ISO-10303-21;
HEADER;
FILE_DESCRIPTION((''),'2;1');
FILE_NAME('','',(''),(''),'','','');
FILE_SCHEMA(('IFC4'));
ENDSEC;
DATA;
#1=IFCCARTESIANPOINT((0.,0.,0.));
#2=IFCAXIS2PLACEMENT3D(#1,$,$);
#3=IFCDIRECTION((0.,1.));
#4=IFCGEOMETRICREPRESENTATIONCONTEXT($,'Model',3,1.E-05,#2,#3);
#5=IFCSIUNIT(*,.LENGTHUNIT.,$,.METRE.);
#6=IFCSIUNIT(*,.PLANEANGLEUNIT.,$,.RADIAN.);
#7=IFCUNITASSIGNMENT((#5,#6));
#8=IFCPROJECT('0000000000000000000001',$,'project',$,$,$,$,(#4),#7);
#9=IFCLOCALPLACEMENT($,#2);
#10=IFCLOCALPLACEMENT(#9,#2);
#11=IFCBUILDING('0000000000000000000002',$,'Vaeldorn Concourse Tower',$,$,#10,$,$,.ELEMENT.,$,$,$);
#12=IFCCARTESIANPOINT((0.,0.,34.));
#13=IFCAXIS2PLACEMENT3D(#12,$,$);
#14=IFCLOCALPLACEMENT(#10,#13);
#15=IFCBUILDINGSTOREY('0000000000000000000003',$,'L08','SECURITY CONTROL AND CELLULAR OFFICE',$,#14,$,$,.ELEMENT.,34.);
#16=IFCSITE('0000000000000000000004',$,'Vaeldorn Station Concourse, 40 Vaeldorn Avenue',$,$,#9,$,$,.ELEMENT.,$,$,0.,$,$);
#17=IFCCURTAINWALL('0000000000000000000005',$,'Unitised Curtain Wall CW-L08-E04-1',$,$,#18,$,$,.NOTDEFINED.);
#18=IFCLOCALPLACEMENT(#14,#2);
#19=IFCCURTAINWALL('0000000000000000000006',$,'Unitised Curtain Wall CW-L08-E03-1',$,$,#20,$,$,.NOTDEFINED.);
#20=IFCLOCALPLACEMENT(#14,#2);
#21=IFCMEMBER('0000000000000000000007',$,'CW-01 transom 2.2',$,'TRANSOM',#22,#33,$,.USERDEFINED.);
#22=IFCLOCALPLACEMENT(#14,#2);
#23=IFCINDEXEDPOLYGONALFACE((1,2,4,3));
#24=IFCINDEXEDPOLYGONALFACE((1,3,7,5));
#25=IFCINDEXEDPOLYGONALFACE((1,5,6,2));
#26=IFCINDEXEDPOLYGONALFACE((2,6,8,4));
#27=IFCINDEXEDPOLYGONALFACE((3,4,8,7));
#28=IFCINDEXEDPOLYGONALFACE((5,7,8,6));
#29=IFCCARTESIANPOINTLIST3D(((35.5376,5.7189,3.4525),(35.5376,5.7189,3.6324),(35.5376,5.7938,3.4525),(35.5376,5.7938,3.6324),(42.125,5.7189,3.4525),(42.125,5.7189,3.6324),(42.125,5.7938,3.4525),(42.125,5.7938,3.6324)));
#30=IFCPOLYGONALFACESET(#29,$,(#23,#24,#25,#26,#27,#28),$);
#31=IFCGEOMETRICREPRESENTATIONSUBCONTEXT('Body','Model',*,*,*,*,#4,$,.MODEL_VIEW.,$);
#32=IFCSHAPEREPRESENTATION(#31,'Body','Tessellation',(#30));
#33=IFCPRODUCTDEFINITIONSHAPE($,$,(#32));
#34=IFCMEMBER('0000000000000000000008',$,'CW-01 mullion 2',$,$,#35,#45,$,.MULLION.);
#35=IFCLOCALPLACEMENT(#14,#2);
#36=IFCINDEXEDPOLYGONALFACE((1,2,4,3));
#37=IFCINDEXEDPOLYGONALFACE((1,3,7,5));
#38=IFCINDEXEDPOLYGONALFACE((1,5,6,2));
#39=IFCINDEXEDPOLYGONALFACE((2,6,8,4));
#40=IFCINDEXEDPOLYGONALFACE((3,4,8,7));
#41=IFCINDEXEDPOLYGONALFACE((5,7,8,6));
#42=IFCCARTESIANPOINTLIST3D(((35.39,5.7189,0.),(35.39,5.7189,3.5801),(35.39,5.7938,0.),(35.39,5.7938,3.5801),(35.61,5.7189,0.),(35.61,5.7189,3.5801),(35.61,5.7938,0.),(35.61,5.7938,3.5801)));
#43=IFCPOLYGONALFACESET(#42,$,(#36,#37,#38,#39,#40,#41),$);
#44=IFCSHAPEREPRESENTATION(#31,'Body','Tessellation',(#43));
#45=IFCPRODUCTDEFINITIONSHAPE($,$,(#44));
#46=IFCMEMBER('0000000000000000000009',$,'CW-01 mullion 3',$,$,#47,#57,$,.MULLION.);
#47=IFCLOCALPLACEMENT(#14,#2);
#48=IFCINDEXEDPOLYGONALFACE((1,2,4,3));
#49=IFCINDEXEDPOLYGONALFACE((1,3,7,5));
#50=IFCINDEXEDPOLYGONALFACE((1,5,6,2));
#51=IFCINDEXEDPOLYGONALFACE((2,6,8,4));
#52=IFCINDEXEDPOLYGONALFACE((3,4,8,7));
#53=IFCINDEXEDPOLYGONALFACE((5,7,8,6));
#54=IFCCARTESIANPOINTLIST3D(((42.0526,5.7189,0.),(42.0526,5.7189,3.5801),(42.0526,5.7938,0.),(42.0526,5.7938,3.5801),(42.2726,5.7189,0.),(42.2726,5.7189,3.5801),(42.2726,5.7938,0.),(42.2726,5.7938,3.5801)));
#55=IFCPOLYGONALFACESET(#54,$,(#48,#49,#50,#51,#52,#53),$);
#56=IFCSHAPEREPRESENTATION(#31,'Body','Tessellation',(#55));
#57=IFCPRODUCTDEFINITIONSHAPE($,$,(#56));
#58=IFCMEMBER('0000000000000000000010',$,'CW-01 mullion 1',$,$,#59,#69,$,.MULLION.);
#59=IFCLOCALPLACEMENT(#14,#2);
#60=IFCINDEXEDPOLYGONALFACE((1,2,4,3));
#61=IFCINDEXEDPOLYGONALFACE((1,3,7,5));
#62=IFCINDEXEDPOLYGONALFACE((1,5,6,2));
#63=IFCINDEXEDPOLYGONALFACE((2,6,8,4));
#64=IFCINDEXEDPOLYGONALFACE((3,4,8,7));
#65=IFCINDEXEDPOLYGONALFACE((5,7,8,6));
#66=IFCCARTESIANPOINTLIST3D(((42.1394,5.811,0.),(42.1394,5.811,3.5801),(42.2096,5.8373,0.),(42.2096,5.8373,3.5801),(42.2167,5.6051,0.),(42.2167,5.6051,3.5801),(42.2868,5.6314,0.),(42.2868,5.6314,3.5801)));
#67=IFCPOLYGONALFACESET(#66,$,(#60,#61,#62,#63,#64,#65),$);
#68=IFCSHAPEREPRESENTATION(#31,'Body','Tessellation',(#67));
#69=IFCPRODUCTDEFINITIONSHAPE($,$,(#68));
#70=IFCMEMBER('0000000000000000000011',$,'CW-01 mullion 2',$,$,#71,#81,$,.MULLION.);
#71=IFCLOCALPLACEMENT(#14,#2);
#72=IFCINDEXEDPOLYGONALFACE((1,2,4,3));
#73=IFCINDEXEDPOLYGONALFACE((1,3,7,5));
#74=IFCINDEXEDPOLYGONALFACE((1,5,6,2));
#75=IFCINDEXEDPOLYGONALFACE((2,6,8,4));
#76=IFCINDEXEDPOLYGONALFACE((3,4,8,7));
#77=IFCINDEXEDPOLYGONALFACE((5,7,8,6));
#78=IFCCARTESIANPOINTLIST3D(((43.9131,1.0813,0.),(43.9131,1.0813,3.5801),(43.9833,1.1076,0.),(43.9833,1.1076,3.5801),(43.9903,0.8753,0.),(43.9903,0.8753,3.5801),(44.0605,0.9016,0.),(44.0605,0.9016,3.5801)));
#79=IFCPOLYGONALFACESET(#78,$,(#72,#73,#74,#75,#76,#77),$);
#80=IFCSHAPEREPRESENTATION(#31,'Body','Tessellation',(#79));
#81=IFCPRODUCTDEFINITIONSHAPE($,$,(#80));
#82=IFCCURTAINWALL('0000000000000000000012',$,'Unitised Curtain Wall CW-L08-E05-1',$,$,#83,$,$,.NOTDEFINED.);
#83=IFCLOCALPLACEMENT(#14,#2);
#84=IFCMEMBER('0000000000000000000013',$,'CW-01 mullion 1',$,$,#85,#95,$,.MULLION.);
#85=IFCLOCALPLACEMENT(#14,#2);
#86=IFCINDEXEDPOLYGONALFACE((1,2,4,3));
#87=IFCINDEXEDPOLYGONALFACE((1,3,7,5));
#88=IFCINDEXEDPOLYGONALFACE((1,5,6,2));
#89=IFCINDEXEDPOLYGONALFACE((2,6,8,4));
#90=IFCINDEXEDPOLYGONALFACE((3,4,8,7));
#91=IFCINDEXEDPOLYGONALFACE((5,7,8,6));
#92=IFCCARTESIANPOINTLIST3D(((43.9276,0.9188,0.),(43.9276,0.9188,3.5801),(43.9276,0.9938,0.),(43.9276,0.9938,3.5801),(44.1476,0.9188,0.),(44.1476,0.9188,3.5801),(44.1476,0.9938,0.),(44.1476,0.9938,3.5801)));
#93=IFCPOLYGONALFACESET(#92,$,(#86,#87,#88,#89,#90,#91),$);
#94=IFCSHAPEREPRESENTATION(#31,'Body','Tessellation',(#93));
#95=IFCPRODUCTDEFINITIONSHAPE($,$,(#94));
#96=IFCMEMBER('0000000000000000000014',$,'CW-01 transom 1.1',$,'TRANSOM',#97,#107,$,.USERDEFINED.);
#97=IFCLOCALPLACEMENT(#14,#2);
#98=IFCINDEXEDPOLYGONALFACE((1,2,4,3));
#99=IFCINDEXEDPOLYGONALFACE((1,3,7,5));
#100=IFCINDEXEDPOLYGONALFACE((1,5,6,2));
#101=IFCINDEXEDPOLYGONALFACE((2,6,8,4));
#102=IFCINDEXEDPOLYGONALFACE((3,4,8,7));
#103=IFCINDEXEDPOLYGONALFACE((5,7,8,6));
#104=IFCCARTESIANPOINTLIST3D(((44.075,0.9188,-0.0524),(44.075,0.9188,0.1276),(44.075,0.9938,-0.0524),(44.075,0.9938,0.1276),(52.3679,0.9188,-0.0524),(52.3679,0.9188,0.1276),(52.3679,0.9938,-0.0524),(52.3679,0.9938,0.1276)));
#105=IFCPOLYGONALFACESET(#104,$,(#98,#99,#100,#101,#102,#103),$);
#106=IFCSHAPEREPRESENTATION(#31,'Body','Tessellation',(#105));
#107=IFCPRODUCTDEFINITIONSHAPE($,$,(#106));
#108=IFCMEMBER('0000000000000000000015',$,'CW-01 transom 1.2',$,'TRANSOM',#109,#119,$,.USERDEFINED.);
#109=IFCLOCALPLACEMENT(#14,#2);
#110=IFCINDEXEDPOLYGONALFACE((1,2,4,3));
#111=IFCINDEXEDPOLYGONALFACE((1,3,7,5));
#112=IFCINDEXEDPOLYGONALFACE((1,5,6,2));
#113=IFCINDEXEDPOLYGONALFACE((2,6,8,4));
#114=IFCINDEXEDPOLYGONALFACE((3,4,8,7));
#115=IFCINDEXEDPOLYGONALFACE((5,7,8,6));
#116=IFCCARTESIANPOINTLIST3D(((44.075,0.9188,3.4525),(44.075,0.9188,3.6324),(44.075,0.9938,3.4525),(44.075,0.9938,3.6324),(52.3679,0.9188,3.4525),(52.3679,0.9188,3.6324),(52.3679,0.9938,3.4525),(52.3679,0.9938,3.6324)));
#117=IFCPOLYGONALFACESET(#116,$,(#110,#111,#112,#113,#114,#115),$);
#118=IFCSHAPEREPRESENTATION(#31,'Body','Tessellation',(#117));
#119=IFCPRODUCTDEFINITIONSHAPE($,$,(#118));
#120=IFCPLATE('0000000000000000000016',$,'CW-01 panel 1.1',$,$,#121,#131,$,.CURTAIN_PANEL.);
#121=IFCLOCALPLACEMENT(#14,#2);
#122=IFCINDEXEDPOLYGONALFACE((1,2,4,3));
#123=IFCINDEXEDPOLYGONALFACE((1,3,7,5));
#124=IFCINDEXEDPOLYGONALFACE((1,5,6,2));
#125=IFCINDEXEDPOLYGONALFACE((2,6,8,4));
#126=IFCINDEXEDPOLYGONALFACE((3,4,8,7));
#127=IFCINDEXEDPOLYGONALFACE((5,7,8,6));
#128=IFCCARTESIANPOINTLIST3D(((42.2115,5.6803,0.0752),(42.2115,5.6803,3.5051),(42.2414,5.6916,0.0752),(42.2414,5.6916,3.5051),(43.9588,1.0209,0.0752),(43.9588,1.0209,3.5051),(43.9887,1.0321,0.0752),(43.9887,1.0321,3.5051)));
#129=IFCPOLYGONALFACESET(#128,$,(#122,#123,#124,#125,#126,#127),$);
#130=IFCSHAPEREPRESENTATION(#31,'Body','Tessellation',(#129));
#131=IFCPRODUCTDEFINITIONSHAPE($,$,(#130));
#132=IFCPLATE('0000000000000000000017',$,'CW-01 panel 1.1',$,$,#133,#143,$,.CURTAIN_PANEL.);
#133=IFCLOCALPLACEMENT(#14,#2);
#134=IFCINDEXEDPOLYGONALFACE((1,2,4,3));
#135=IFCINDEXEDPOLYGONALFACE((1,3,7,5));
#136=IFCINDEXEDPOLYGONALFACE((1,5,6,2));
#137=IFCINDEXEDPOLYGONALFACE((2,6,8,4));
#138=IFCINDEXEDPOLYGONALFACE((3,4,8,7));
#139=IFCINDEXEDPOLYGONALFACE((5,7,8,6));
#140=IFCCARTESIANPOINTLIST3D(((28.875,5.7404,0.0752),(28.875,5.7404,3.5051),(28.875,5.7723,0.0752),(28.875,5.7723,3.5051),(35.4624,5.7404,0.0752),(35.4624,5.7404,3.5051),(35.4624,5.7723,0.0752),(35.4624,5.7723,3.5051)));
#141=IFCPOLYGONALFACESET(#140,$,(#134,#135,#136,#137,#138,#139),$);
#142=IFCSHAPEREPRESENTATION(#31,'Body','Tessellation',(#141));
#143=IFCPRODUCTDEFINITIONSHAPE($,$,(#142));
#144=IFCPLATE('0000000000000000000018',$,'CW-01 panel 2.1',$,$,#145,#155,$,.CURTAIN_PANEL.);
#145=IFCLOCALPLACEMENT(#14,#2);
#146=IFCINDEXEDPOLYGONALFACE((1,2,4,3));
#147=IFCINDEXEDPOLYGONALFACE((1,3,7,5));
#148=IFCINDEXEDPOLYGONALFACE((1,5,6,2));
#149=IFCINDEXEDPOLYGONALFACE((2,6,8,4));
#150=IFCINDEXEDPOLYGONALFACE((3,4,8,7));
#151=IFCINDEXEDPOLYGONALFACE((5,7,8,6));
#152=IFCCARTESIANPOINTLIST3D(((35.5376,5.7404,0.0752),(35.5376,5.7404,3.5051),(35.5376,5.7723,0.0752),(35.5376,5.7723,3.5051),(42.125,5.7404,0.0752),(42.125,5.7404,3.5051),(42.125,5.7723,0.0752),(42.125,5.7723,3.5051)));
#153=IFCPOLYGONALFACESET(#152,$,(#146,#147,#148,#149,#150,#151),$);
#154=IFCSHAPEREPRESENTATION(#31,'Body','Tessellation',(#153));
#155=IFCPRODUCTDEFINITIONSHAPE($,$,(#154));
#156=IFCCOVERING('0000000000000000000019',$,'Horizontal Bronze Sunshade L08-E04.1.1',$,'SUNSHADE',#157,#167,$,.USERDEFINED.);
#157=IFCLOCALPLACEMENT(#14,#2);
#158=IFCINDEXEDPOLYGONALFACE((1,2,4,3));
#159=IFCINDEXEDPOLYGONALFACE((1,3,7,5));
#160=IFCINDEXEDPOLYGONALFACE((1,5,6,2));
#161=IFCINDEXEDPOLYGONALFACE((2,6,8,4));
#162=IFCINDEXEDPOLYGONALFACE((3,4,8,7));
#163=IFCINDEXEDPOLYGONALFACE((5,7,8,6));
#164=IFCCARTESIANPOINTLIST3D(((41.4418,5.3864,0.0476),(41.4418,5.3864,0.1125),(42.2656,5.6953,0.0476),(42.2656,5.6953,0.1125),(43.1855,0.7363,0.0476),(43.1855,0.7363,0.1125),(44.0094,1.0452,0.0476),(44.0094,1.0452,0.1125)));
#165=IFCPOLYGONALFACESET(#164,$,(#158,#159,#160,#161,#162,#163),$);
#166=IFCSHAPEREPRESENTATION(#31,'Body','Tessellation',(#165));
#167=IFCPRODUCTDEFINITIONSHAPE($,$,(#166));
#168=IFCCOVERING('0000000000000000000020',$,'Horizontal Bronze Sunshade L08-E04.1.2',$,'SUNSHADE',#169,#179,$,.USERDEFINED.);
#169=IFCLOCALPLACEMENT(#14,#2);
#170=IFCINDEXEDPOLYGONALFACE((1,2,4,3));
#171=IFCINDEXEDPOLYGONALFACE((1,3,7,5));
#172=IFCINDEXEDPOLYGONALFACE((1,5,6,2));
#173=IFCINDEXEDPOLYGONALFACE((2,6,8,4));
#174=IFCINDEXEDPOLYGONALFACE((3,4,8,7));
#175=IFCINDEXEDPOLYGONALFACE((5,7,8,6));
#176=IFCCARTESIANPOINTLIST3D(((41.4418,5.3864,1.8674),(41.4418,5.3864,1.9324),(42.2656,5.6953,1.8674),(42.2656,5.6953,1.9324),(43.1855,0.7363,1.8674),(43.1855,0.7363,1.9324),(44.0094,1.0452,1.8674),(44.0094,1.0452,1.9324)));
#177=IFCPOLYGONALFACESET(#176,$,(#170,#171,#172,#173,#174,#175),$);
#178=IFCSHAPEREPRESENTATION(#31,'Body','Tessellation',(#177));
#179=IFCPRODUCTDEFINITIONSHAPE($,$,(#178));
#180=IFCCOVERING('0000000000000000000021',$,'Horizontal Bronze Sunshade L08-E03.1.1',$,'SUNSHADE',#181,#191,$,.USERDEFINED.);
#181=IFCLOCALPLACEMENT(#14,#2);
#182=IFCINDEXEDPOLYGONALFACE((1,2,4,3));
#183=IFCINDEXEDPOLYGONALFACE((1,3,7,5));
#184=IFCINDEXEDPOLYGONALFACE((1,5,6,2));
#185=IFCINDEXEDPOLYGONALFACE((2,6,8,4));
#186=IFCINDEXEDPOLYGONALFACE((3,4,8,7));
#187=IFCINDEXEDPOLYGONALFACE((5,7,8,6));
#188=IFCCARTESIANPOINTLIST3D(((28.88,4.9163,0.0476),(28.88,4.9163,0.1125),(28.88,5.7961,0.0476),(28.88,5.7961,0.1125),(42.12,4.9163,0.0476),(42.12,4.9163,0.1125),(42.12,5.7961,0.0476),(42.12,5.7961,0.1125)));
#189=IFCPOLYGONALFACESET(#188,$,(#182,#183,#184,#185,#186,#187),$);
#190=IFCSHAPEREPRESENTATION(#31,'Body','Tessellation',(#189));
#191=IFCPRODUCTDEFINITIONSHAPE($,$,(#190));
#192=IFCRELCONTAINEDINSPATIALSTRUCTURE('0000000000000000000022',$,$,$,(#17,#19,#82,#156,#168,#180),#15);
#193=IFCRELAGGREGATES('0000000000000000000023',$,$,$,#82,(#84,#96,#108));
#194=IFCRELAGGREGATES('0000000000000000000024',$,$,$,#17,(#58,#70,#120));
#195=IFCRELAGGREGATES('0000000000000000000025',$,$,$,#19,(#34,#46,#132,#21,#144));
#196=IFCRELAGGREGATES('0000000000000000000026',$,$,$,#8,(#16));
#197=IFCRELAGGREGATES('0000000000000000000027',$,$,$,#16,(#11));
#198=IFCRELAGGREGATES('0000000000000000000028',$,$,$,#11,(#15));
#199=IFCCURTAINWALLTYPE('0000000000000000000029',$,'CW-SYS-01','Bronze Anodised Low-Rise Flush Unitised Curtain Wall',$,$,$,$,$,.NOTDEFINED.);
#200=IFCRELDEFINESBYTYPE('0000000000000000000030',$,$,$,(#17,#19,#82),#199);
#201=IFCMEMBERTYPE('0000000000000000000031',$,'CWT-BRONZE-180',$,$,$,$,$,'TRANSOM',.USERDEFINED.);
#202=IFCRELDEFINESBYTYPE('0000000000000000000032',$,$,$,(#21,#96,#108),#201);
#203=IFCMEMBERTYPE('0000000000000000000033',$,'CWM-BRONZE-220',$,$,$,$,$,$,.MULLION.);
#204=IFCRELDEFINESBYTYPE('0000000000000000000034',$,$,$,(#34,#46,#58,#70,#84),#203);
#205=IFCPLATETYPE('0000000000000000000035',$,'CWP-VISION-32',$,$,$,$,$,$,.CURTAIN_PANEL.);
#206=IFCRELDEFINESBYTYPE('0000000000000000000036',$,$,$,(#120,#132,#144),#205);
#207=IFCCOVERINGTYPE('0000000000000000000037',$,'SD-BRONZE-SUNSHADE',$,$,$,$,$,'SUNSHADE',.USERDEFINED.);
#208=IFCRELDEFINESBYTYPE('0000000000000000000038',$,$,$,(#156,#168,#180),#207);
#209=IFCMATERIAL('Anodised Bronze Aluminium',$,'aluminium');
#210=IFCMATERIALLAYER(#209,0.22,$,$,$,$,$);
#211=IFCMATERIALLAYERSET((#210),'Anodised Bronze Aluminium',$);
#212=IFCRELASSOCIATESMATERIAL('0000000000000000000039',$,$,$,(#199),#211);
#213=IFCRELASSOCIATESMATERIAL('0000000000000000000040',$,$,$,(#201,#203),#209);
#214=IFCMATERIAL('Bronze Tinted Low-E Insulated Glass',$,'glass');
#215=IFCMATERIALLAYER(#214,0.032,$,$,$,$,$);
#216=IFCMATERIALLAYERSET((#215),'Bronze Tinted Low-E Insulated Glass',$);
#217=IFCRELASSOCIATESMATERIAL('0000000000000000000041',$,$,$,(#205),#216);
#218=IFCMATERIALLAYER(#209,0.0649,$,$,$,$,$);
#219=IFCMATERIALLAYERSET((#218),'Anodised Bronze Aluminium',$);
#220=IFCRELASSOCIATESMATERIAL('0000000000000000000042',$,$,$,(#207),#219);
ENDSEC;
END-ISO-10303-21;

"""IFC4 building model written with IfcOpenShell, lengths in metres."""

from ifc_helpers import new_model, si_unit, direction, frame, origin, origin_2d, place, context, subcontext, project, spatial, rectangle, extrude, source, transform, mapped, material, layer, layer_set, material_profile, profile_set, type_object, element, aggregate, save


model = new_model("IFC4")

# Units and contexts
model_context = context("Model", 3, precision=1e-05, world=origin(), true_north=direction((0.0, 1.0)))
body_context = subcontext(model_context, "Body", "Model", "MODEL_VIEW")
ifc_project = project(units=[si_unit("LENGTHUNIT", "METRE"), si_unit("PLANEANGLEUNIT", "RADIAN")], contexts=[model_context])

# Site, building, storey
site_placement = place(None, origin())
site = spatial("IfcSite", under=ifc_project, at=site_placement, Name="Vaeldorn Station Concourse, 40 Vaeldorn Avenue", CompositionType="ELEMENT", RefElevation=0.0)
building_placement = place(site_placement, origin())
building = spatial("IfcBuilding", under=site, at=building_placement, Name="Vaeldorn Concourse Tower", CompositionType="ELEMENT")
storey_placement = place(building_placement, frame((0.0, 0.0, 34.0)))
storey = spatial("IfcBuildingStorey", under=building, at=storey_placement, Name="L08", Description="SECURITY CONTROL AND CELLULAR OFFICE", CompositionType="ELEMENT", Elevation=34.0)

# Curtain walls, members
ifc_material_1 = material(Name="Anodised Bronze Aluminium", Category="aluminium")
ifc_layer_1 = layer(ifc_material_1, 0.22)
ifc_layer_set_1 = layer_set([ifc_layer_1], Name="Anodised Bronze Aluminium")
curtain_wall_type = type_object("IfcCurtainWallType", Name="CW-SYS-01", Description="Bronze Anodised Low-Rise Flush Unitised Curtain Wall", PredefinedType="NOTDEFINED", material=ifc_layer_set_1)
curtain_wall_1_placement = place(storey_placement, origin())
curtain_wall_1 = element("IfcCurtainWall", 1, at=curtain_wall_1_placement, inside=storey, type_object=curtain_wall_type, Name="Unitised Curtain Wall CW-L08-E04-1", PredefinedType="NOTDEFINED")
ifc_material_profile_1 = material_profile(ifc_material_1, rectangle(XDim=0.075, YDim=0.1799, at=origin_2d()), Name="CWT 75x180")
ifc_profile_set_1 = profile_set([ifc_material_profile_1], Name="Anodised Bronze Aluminium")
member_type_1 = type_object("IfcMemberType", Name="CWT-BRONZE-180", ElementType="TRANSOM", PredefinedType="USERDEFINED", material=ifc_profile_set_1)
curtain_wall_2_placement = place(storey_placement, origin())
curtain_wall_2 = element("IfcCurtainWall", 2, at=curtain_wall_2_placement, inside=storey, type_object=curtain_wall_type, Name="Unitised Curtain Wall CW-L08-E03-1", PredefinedType="NOTDEFINED")
shared_shape_1 = source(origin(), body_context, "Body", "SweptSolid", [
    extrude(rectangle(XDim=0.075, YDim=0.1799, at=origin_2d()), origin(), (0.0, 0.0, 1.0), 6.5874),
])
member_1_placement = place(storey_placement, frame((35.5376, 5.7563, 3.5425), z_axis=(1.0, 0.0, 0.0), x_axis=(0.0, 1.0, 0.0)))
member_1 = element("IfcMember", 3, at=member_1_placement, type_object=member_type_1, Name="CW-01 transom 2.2", ObjectType="TRANSOM", PredefinedType="USERDEFINED", context=body_context, shape_type="MappedRepresentation", body=[
    mapped(shared_shape_1, transform((0.0, 0.0, 0.0), scale=1.0)),
])
ifc_material_profile_2 = material_profile(ifc_material_1, rectangle(XDim=0.075, YDim=0.22, at=origin_2d()), Name="CWM 75x220")
ifc_profile_set_2 = profile_set([ifc_material_profile_2], Name="Anodised Bronze Aluminium")
member_type_2 = type_object("IfcMemberType", Name="CWM-BRONZE-220", PredefinedType="MULLION", material=ifc_profile_set_2)
shared_shape_2 = source(origin(), body_context, "Body", "SweptSolid", [
    extrude(rectangle(XDim=0.075, YDim=0.22, at=origin_2d()), origin(), (0.0, 0.0, 1.0), 3.5801),
])
member_2_placement = place(storey_placement, frame((35.5, 5.7563, 0.0), z_axis=(0.0, 0.0, 1.0), x_axis=(0.0, 1.0, 0.0)))
member_2 = element("IfcMember", 4, at=member_2_placement, type_object=member_type_2, Name="CW-01 mullion 2", PredefinedType="MULLION", context=body_context, shape_type="MappedRepresentation", body=[
    mapped(shared_shape_2, transform((0.0, 0.0, 0.0), scale=1.0)),
])
member_3_placement = place(storey_placement, frame((42.1626, 5.7563, 0.0), z_axis=(0.0, 0.0, 1.0), x_axis=(0.0, 1.0, 0.0)))
member_3 = element("IfcMember", 5, at=member_3_placement, type_object=member_type_2, Name="CW-01 mullion 3", PredefinedType="MULLION", context=body_context, shape_type="MappedRepresentation", body=[
    mapped(shared_shape_2, transform((0.0, 0.0, 0.0), scale=1.0)),
])

# Members
member_4_placement = place(storey_placement, frame((42.2131, 5.7212, 0.0), z_axis=(0.0, 0.0, 1.0), x_axis=(0.936329, 0.351123, 0.0)))
member_4 = element("IfcMember", 6, at=member_4_placement, type_object=member_type_2, Name="CW-01 mullion 1", PredefinedType="MULLION", context=body_context, shape_type="MappedRepresentation", body=[
    mapped(shared_shape_2, transform((0.0, 0.0, 0.0), scale=1.0)),
])
member_5_placement = place(storey_placement, frame((43.9868, 0.9915, 0.0), z_axis=(0.0, 0.0, 1.0), x_axis=(0.936329, 0.351123, 0.0)))
member_5 = element("IfcMember", 7, at=member_5_placement, type_object=member_type_2, Name="CW-01 mullion 2", PredefinedType="MULLION", context=body_context, shape_type="MappedRepresentation", body=[
    mapped(shared_shape_2, transform((0.0, 0.0, 0.0), scale=1.0)),
])

# Curtain wall, members
curtain_wall_3_placement = place(storey_placement, origin())
curtain_wall_3 = element("IfcCurtainWall", 8, at=curtain_wall_3_placement, inside=storey, type_object=curtain_wall_type, Name="Unitised Curtain Wall CW-L08-E05-1", PredefinedType="NOTDEFINED")
member_6_placement = place(storey_placement, frame((44.0376, 0.9563, 0.0), z_axis=(0.0, 0.0, 1.0), x_axis=(0.0, 1.0, 0.0)))
member_6 = element("IfcMember", 9, at=member_6_placement, type_object=member_type_2, Name="CW-01 mullion 1", PredefinedType="MULLION", context=body_context, shape_type="MappedRepresentation", body=[
    mapped(shared_shape_2, transform((0.0, 0.0, 0.0), scale=1.0)),
])
shared_shape_3 = source(origin(), body_context, "Body", "SweptSolid", [
    extrude(rectangle(XDim=0.075, YDim=0.1799, at=origin_2d()), origin(), (0.0, 0.0, 1.0), 8.293),
])
member_7_placement = place(storey_placement, frame((44.075, 0.9563, 0.0376), z_axis=(1.0, 0.0, 0.0), x_axis=(0.0, 1.0, 0.0)))
member_7 = element("IfcMember", 10, at=member_7_placement, type_object=member_type_1, Name="CW-01 transom 1.1", ObjectType="TRANSOM", PredefinedType="USERDEFINED", context=body_context, shape_type="MappedRepresentation", body=[
    mapped(shared_shape_3, transform((0.0, 0.0, 0.0), scale=1.0)),
])
member_8_placement = place(storey_placement, frame((44.075, 0.9563, 3.5425), z_axis=(1.0, 0.0, 0.0), x_axis=(0.0, 1.0, 0.0)))
member_8 = element("IfcMember", 11, at=member_8_placement, type_object=member_type_1, Name="CW-01 transom 1.2", ObjectType="TRANSOM", PredefinedType="USERDEFINED", context=body_context, shape_type="MappedRepresentation", body=[
    mapped(shared_shape_3, transform((0.0, 0.0, 0.0), scale=1.0)),
])
aggregate(curtain_wall_3, [member_6, member_7, member_8])

# Plates
ifc_material_2 = material(Name="Bronze Tinted Low-E Insulated Glass", Category="glass")
ifc_layer_2 = layer(ifc_material_2, 0.032)
ifc_layer_set_2 = layer_set([ifc_layer_2], Name="Bronze Tinted Low-E Insulated Glass")
plate_type = type_object("IfcPlateType", Name="CWP-VISION-32", PredefinedType="CURTAIN_PANEL", material=ifc_layer_set_2)
shared_shape_4 = source(origin(), body_context, "Body", "SweptSolid", [
    extrude(rectangle(XDim=4.9763, YDim=0.032, at=origin_2d()), origin(), (0.0, 0.0, 1.0), 3.4299),
])
plate_1_placement = place(storey_placement, frame((43.1001, 3.3562, 0.0752), z_axis=(0.0, 0.0, 1.0), x_axis=(0.351123, -0.936329, 0.0)))
plate_1 = element("IfcPlate", 12, at=plate_1_placement, type_object=plate_type, Name="CW-01 panel 1.1", PredefinedType="CURTAIN_PANEL", context=body_context, shape_type="MappedRepresentation", body=[
    mapped(shared_shape_4, transform((0.0, 0.0, 0.0), scale=1.0)),
])
aggregate(curtain_wall_1, [member_4, member_5, plate_1])
shared_shape_5 = source(origin(), body_context, "Body", "SweptSolid", [
    extrude(rectangle(XDim=6.5874, YDim=0.032, at=origin_2d()), origin(), (0.0, 0.0, 1.0), 3.4299),
])
plate_2_placement = place(storey_placement, frame((32.1687, 5.7563, 0.0752), z_axis=(0.0, 0.0, 1.0), x_axis=(1.0, 0.0, 0.0)))
plate_2 = element("IfcPlate", 13, at=plate_2_placement, type_object=plate_type, Name="CW-01 panel 1.1", PredefinedType="CURTAIN_PANEL", context=body_context, shape_type="MappedRepresentation", body=[
    mapped(shared_shape_5, transform((0.0, 0.0, 0.0), scale=1.0)),
])
plate_3_placement = place(storey_placement, frame((38.8313, 5.7563, 0.0752), z_axis=(0.0, 0.0, 1.0), x_axis=(1.0, 0.0, 0.0)))
plate_3 = element("IfcPlate", 14, at=plate_3_placement, type_object=plate_type, Name="CW-01 panel 2.1", PredefinedType="CURTAIN_PANEL", context=body_context, shape_type="MappedRepresentation", body=[
    mapped(shared_shape_5, transform((0.0, 0.0, 0.0), scale=1.0)),
])
aggregate(curtain_wall_2, [member_2, member_3, plate_2, member_1, plate_3])

# Coverings
ifc_layer_3 = layer(ifc_material_1, 0.0649)
ifc_layer_set_3 = layer_set([ifc_layer_3], Name="Anodised Bronze Aluminium")
covering_type = type_object("IfcCoveringType", Name="SD-BRONZE-SUNSHADE", ElementType="SUNSHADE", PredefinedType="USERDEFINED", material=ifc_layer_set_3)
shared_shape_6 = source(origin(), body_context, "Body", "SweptSolid", [
    extrude(rectangle(XDim=4.9663, YDim=0.8799, at=origin_2d()), origin(), (0.0, 0.0, 1.0), 0.0649),
])
for number, where, z_axis, x_axis, name in (
    (15, (42.7256, 3.2158, 0.0476), (0.0, 0.0, 1.0), (0.351123, -0.936329, 0.0), "Horizontal Bronze Sunshade L08-E04.1.1"),
    (16, (42.7256, 3.2158, 1.8674), (0.0, 0.0, 1.0), (0.351123, -0.936329, 0.0), "Horizontal Bronze Sunshade L08-E04.1.2"),
):
    element("IfcCovering", number, at=place(storey_placement, frame(where, z_axis=z_axis, x_axis=x_axis)), inside=storey, type_object=covering_type, Name=name, ObjectType="SUNSHADE", PredefinedType="USERDEFINED", context=body_context, shape_type="MappedRepresentation", body=[
        mapped(shared_shape_6, transform((0.0, 0.0, 0.0), scale=1.0)),
    ])
shared_shape_7 = source(origin(), body_context, "Body", "SweptSolid", [
    extrude(rectangle(XDim=13.24, YDim=0.8799, at=origin_2d()), origin(), (0.0, 0.0, 1.0), 0.0649),
])
for number, where, z_axis, x_axis, name in (
    (17, (35.5, 5.3562, 0.0476), (0.0, 0.0, 1.0), (1.0, 0.0, 0.0), "Horizontal Bronze Sunshade L08-E03.1.1"),
):
    element("IfcCovering", number, at=place(storey_placement, frame(where, z_axis=z_axis, x_axis=x_axis)), inside=storey, type_object=covering_type, Name=name, ObjectType="SUNSHADE", PredefinedType="USERDEFINED", context=body_context, shape_type="MappedRepresentation", body=[
        mapped(shared_shape_7, transform((0.0, 0.0, 0.0), scale=1.0)),
    ])

save(model, "model.ifc")
